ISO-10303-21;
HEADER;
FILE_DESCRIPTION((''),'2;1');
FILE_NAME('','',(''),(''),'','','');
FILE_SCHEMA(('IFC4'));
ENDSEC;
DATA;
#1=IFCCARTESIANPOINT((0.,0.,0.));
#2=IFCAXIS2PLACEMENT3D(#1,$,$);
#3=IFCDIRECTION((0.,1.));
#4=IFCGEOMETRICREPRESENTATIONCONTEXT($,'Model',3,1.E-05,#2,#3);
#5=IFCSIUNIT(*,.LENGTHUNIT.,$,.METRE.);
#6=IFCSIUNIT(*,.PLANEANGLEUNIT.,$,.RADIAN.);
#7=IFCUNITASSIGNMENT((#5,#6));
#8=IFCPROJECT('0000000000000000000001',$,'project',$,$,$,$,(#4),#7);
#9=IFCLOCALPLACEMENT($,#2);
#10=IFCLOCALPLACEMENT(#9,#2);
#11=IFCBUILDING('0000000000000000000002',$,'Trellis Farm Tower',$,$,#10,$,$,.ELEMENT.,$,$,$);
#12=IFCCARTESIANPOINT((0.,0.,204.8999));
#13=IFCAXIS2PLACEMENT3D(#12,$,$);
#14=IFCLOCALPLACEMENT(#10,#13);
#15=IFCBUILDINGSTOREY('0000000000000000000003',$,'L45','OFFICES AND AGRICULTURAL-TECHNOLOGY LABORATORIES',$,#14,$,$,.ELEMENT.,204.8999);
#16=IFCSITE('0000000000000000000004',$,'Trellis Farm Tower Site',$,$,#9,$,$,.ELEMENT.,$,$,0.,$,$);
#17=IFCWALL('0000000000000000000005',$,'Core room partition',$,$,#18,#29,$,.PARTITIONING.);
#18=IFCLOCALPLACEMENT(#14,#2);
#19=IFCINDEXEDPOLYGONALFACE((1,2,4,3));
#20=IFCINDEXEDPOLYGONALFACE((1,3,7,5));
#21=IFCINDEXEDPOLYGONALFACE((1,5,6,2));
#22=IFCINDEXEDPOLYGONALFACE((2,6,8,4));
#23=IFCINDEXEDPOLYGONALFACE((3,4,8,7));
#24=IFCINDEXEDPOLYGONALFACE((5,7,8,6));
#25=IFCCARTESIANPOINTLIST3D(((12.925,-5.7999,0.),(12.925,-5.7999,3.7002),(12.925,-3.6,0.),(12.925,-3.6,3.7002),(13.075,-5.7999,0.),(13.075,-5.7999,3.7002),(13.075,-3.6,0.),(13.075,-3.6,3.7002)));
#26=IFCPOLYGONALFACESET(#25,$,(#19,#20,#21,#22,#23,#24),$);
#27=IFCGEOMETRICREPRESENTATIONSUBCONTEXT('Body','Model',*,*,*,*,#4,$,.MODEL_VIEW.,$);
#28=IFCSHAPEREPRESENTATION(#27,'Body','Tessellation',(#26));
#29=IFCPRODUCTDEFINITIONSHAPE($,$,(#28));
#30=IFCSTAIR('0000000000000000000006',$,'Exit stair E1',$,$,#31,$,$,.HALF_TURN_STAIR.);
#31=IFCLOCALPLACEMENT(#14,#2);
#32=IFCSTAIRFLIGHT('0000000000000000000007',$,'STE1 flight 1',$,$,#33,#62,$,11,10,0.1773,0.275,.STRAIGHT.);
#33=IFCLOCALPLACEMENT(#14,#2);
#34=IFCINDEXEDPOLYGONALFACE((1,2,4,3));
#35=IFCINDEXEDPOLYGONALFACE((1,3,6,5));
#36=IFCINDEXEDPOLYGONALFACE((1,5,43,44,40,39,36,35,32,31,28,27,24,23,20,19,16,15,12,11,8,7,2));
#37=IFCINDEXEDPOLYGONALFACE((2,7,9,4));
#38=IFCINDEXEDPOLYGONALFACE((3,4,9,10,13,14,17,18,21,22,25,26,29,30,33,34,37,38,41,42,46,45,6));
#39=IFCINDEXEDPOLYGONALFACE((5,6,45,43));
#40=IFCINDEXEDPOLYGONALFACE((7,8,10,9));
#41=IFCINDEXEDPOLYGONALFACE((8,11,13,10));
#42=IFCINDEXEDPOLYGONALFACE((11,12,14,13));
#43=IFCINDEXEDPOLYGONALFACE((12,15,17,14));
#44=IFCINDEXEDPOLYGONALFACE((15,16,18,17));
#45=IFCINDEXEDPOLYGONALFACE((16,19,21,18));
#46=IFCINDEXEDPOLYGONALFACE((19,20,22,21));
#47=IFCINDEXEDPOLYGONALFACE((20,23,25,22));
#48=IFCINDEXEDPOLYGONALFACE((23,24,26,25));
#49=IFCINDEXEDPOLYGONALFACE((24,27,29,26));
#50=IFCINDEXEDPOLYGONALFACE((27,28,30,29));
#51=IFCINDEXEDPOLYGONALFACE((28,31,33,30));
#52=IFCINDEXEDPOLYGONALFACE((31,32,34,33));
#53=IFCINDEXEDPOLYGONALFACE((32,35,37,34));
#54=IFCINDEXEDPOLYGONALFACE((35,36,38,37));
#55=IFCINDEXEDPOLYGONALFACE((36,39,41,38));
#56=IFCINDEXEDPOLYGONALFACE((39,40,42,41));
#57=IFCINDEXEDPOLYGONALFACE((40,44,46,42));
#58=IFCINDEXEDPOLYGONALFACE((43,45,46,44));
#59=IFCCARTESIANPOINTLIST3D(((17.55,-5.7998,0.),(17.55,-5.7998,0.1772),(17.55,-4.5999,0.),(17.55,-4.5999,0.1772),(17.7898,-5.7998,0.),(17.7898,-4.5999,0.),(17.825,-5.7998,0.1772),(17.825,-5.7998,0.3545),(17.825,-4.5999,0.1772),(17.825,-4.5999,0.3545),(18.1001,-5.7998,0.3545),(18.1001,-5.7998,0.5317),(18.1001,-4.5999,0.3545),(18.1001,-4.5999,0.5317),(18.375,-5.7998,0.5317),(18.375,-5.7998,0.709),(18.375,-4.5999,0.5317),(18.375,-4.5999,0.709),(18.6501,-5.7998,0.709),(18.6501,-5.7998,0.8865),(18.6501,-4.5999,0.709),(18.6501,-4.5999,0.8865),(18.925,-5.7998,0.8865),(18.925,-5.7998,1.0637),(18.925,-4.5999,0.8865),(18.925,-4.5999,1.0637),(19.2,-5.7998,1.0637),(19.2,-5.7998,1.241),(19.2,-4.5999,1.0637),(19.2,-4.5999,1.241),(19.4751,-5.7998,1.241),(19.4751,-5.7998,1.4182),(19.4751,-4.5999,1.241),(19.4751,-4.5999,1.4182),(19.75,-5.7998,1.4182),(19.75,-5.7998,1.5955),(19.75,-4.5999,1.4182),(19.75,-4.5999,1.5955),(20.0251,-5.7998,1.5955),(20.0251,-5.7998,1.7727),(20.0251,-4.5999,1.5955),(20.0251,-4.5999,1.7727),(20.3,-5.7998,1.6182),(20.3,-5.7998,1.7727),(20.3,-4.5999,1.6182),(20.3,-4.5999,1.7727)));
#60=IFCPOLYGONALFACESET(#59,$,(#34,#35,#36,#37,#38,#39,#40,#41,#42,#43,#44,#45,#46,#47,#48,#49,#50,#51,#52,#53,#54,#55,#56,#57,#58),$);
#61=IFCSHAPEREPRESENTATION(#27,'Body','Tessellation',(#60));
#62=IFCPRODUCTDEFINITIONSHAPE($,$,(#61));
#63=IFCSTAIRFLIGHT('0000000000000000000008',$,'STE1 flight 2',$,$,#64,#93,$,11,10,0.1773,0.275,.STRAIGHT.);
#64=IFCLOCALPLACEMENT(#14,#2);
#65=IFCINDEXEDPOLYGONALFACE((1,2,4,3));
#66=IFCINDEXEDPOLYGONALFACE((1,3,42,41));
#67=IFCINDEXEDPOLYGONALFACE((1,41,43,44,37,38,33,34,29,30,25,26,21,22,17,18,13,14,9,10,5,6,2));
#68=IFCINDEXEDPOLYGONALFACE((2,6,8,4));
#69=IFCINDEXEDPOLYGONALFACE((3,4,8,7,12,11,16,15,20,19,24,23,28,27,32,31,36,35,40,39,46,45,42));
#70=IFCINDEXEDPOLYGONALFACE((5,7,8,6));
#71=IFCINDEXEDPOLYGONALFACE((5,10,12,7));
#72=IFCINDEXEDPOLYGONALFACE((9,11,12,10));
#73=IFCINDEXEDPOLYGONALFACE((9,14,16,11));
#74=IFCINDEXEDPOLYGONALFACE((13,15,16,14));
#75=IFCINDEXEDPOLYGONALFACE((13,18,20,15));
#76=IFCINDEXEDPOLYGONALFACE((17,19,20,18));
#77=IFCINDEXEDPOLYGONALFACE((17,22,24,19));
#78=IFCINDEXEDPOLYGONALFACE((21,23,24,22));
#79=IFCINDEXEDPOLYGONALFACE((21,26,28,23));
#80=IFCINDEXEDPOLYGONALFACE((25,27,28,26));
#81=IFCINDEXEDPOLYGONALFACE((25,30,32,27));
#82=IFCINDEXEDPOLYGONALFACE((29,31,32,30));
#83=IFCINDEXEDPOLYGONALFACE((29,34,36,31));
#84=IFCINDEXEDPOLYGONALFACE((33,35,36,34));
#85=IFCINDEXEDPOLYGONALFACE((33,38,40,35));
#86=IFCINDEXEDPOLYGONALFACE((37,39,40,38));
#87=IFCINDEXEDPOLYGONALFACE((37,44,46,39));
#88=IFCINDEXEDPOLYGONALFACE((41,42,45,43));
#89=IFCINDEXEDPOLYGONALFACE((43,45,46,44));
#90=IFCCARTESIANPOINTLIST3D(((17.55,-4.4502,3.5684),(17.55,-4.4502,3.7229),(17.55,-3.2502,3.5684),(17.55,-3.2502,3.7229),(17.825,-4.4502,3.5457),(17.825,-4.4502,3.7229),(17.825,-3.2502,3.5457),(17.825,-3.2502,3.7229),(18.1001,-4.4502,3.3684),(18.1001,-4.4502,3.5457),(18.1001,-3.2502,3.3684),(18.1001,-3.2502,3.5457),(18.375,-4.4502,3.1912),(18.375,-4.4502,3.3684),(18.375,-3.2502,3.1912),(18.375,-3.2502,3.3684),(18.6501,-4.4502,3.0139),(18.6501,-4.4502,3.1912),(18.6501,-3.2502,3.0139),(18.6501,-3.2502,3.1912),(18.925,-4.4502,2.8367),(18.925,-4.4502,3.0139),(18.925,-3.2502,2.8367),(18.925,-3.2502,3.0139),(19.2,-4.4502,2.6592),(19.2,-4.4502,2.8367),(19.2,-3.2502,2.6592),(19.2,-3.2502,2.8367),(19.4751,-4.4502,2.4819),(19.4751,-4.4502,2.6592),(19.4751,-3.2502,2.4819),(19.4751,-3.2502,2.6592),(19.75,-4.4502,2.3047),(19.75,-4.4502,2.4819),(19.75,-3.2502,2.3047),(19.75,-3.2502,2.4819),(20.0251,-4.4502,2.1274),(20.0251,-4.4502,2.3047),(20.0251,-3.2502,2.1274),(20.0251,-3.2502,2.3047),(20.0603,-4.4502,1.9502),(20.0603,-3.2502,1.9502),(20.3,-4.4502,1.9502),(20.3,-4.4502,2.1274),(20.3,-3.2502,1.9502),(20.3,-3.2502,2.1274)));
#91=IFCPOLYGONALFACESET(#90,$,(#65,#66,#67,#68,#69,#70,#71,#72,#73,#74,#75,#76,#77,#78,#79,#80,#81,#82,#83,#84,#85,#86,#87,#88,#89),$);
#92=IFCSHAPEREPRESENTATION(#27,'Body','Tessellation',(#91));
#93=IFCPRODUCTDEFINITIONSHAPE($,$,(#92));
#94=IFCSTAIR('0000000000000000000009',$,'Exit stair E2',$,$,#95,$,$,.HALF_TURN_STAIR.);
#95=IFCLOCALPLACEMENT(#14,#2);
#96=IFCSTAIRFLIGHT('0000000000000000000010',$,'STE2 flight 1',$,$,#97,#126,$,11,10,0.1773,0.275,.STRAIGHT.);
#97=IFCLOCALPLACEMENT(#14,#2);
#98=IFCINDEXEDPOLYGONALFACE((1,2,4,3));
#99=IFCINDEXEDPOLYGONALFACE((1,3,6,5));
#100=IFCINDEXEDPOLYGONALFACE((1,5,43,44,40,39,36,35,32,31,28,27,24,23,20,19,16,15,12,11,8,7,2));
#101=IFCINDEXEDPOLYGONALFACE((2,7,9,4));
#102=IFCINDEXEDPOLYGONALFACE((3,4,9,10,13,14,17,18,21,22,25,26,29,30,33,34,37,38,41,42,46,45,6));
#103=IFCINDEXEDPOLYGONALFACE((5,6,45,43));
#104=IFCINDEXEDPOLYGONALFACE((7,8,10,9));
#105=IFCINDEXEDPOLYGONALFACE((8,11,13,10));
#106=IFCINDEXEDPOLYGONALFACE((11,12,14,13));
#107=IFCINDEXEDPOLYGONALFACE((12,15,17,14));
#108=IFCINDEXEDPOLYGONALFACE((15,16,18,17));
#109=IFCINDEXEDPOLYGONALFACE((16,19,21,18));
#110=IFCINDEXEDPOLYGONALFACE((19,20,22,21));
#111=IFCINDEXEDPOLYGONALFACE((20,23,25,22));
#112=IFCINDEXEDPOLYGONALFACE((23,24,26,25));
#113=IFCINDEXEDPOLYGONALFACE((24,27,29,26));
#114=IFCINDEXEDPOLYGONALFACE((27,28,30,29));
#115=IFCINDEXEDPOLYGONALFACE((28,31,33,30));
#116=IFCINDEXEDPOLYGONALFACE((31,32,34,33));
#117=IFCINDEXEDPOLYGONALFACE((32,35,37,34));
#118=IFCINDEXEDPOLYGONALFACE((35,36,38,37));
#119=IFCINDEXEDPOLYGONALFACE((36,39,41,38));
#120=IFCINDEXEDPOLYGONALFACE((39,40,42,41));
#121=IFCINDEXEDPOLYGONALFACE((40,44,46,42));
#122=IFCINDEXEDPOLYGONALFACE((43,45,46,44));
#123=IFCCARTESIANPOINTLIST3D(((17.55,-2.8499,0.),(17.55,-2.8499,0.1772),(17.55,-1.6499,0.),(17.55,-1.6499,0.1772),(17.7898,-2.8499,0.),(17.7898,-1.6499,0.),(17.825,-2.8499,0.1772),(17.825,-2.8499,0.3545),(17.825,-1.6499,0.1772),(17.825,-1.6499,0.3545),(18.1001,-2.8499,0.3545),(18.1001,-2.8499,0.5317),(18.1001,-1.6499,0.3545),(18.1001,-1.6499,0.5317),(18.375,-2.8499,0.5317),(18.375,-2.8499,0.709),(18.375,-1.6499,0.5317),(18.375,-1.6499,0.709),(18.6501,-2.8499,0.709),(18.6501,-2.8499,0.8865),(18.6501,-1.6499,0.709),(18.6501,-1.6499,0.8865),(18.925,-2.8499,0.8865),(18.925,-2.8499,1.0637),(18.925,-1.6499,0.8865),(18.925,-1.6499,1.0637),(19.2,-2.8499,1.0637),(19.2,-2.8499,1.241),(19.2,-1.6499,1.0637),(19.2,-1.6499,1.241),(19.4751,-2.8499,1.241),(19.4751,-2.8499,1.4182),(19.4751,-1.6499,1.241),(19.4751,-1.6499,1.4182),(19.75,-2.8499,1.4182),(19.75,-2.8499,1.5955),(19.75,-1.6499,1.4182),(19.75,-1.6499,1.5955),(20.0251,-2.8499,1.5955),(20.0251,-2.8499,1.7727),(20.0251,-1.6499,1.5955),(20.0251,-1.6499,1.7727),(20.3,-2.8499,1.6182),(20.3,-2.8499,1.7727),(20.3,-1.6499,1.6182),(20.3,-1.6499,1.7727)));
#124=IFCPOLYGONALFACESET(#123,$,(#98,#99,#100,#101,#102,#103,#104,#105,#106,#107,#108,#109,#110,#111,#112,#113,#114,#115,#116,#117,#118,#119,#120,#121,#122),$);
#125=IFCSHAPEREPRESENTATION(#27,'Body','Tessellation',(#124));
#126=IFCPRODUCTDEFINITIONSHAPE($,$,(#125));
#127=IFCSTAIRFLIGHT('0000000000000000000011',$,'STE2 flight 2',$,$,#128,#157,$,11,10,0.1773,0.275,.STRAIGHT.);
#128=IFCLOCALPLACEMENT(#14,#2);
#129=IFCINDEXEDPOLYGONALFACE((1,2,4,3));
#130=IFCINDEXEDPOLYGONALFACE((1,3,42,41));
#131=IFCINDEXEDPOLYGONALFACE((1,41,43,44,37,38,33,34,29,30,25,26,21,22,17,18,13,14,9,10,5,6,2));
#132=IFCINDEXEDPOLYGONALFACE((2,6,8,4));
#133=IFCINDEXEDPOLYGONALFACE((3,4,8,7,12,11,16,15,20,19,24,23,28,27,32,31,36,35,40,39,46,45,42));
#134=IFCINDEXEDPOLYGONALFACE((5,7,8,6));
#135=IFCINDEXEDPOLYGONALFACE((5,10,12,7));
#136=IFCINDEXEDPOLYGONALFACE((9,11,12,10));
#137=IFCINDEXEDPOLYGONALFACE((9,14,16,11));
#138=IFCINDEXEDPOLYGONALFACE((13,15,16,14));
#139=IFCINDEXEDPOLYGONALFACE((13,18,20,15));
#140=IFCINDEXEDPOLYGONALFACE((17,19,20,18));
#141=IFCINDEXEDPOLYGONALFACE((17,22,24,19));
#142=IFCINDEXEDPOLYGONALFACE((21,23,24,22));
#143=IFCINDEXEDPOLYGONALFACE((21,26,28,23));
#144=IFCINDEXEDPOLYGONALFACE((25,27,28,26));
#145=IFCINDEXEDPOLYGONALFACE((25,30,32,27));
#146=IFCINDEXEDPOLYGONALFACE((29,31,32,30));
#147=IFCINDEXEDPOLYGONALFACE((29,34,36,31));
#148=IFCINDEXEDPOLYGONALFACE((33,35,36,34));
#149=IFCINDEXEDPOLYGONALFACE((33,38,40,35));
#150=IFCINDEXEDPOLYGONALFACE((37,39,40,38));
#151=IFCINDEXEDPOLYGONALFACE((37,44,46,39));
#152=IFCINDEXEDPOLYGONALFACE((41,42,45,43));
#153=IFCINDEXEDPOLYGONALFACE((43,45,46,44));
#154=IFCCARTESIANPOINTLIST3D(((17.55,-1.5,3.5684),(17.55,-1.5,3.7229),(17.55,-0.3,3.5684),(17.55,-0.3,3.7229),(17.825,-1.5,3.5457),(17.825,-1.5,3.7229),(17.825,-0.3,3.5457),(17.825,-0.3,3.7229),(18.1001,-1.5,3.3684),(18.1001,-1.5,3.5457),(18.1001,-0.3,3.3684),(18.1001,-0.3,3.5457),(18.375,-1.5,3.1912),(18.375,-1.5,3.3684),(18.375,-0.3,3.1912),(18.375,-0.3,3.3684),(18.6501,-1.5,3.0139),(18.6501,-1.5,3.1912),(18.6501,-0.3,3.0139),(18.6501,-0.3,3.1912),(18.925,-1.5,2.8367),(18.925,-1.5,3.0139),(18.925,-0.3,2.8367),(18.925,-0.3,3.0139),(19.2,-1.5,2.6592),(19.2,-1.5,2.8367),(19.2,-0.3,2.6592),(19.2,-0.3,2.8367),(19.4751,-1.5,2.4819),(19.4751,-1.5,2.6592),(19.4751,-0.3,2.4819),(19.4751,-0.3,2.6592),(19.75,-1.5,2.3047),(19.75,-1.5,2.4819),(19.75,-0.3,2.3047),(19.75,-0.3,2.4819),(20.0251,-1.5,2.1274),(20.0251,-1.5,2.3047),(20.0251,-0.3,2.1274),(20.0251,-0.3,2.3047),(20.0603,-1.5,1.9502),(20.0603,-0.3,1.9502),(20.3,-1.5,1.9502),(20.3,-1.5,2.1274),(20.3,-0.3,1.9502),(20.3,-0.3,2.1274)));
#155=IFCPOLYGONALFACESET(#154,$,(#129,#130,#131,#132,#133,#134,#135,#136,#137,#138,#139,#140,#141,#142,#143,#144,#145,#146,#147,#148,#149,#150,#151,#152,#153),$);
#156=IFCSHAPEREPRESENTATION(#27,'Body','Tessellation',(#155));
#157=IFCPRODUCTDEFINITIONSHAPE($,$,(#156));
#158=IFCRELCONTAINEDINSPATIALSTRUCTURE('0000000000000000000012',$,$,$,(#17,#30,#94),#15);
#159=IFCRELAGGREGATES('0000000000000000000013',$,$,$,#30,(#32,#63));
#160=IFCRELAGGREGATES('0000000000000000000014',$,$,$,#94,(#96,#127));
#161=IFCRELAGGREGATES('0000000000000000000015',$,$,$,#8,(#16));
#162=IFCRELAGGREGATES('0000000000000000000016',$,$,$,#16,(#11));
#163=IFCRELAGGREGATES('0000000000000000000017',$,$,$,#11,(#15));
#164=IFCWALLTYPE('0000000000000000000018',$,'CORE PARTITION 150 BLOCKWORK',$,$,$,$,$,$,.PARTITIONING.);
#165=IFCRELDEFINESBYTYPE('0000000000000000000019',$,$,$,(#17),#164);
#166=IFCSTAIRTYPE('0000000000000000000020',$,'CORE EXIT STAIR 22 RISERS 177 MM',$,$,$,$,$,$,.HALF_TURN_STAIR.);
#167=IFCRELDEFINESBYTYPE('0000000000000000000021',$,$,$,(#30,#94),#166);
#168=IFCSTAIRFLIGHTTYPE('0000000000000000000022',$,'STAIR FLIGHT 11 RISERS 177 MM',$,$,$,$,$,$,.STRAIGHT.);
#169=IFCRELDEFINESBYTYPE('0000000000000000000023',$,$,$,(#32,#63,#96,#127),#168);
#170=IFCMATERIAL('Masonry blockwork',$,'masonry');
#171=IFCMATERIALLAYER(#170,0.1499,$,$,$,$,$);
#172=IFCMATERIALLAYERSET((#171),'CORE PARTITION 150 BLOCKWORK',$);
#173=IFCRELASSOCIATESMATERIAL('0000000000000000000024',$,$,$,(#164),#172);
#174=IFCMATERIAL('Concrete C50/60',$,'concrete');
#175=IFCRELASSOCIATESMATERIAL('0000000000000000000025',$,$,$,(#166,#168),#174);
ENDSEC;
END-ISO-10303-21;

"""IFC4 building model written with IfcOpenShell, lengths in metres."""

from ifc_helpers import new_model, si_unit, direction, frame, frame_2d, origin, place, context, subcontext, project, spatial, polyline, rectangle, outline, extrude, source, transform, mapped, material, layer, layer_set, type_object, element, aggregate, save


model = new_model("IFC4")

# Units and contexts
model_context = context("Model", 3, precision=1e-05, world=origin(), true_north=direction((0.0, 1.0)))
body_context = subcontext(model_context, "Body", "Model", "MODEL_VIEW")
ifc_project = project(units=[si_unit("LENGTHUNIT", "METRE"), si_unit("PLANEANGLEUNIT", "RADIAN")], contexts=[model_context])

# Site, building, storey
site_placement = place(None, origin())
site = spatial("IfcSite", under=ifc_project, at=site_placement, Name="Trellis Farm Tower Site", CompositionType="ELEMENT", RefElevation=0.0)
building_placement = place(site_placement, origin())
building = spatial("IfcBuilding", under=site, at=building_placement, Name="Trellis Farm Tower", CompositionType="ELEMENT")
storey_placement = place(building_placement, frame((0.0, 0.0, 204.8999)))
storey = spatial("IfcBuildingStorey", under=building, at=storey_placement, Name="L45", Description="OFFICES AND AGRICULTURAL-TECHNOLOGY LABORATORIES", CompositionType="ELEMENT", Elevation=204.8999)

# Shared definitions
placement = place(storey_placement, origin())

# Wall
ifc_material_1 = material(Name="Masonry blockwork", Category="masonry")
ifc_layer_1 = layer(ifc_material_1, 0.1499)
ifc_layer_set_1 = layer_set([ifc_layer_1], Name="CORE PARTITION 150 BLOCKWORK")
wall_type_1 = type_object("IfcWallType", Name="CORE PARTITION 150 BLOCKWORK", PredefinedType="PARTITIONING", material=ifc_layer_set_1)
shared_shape_1 = source(origin(), body_context, "Body", "SweptSolid", [
    extrude(rectangle(XDim=2.2, YDim=0.1499, at=frame_2d((1.1001, 0.0))), origin(), (0.0, 0.0, 1.0), 3.7002),
])
for number, where, z_axis, x_axis, name in (
    (1, (13.0, -5.8, 0.0), (0.0, 0.0, 1.0), (0.0, 1.0, 0.0), "Core room partition"),
):
    element("IfcWall", number, at=place(storey_placement, frame(where, z_axis=z_axis, x_axis=x_axis)), inside=storey, type_object=wall_type_1, Name=name, PredefinedType="PARTITIONING", context=body_context, shape_type="MappedRepresentation", body=[
        mapped(shared_shape_1, transform((0.0, 0.0, 0.0))),
    ])

# Stairs, stair flights
ifc_material_2 = material(Name="Concrete C50/60", Category="concrete")
stair_type = type_object("IfcStairType", Name="CORE EXIT STAIR 22 RISERS 177 MM", PredefinedType="HALF_TURN_STAIR", material=ifc_material_2)
stair_1 = element("IfcStair", 2, at=placement, inside=storey, type_object=stair_type, Name="Exit stair E1", PredefinedType="HALF_TURN_STAIR")
stair_flight_type = type_object("IfcStairFlightType", Name="STAIR FLIGHT 11 RISERS 177 MM", PredefinedType="STRAIGHT", material=ifc_material_2)
shared_shape_2 = source(origin(), body_context, "Body", "SweptSolid", [
    extrude(outline(polyline([(0.0, 0.0), (0.0, 0.1772), (0.2749, 0.1772), (0.2749, 0.3545), (0.55, 0.3545), (0.55, 0.5317), (0.825, 0.5317), (0.825, 0.709), (1.1001, 0.709), (1.1001, 0.8865), (1.375, 0.8865), (1.375, 1.0637), (1.6499, 1.0637), (1.6499, 1.241), (1.925, 1.241), (1.925, 1.4182), (2.2, 1.4182), (2.2, 1.5955), (2.4751, 1.5955), (2.4751, 1.7727), (2.75, 1.7727), (2.75, 1.95), (2.75, 1.6182), (0.2397, 0.0), (0.0, 0.0)])), frame((0.0, 0.6001, 0.0), z_axis=(0.0, -1.0, 0.0), x_axis=(1.0, 0.0, 0.0)), (0.0, 0.0, 1.0), 1.2),
])
stair_flight_1_placement = place(storey_placement, frame((17.55, -5.2, 0.0), z_axis=(0.0, 0.0, 1.0), x_axis=(1.0, 0.0, 0.0)))
stair_flight_1 = element("IfcStairFlight", 3, at=stair_flight_1_placement, type_object=stair_flight_type, Name="STE1 flight 1", NumberOfRisers=11, NumberOfTreads=10, PredefinedType="STRAIGHT", RiserHeight=0.1773, TreadLength=0.275, context=body_context, shape_type="MappedRepresentation", body=[
    mapped(shared_shape_2, transform((0.0, 0.0, 0.0))),
])
stair_flight_2_placement = place(storey_placement, frame((20.3, -3.8501, 1.9502), z_axis=(0.0, 0.0, 1.0), x_axis=(-1.0, 0.0, 0.0)))
stair_flight_2 = element("IfcStairFlight", 4, at=stair_flight_2_placement, type_object=stair_flight_type, Name="STE1 flight 2", NumberOfRisers=11, NumberOfTreads=10, PredefinedType="STRAIGHT", RiserHeight=0.1773, TreadLength=0.275, context=body_context, shape_type="MappedRepresentation", body=[
    mapped(shared_shape_2, transform((0.0, 0.0, 0.0))),
])
aggregate(stair_1, [stair_flight_1, stair_flight_2])
stair_2 = element("IfcStair", 5, at=placement, inside=storey, type_object=stair_type, Name="Exit stair E2", PredefinedType="HALF_TURN_STAIR")
stair_flight_3_placement = place(storey_placement, frame((17.55, -2.25, 0.0), z_axis=(0.0, 0.0, 1.0), x_axis=(1.0, 0.0, 0.0)))
stair_flight_3 = element("IfcStairFlight", 6, at=stair_flight_3_placement, type_object=stair_flight_type, Name="STE2 flight 1", NumberOfRisers=11, NumberOfTreads=10, PredefinedType="STRAIGHT", RiserHeight=0.1773, TreadLength=0.275, context=body_context, shape_type="MappedRepresentation", body=[
    mapped(shared_shape_2, transform((0.0, 0.0, 0.0))),
])
stair_flight_4_placement = place(storey_placement, frame((20.3, -0.8999, 1.9502), z_axis=(0.0, 0.0, 1.0), x_axis=(-1.0, 0.0, 0.0)))
stair_flight_4 = element("IfcStairFlight", 7, at=stair_flight_4_placement, type_object=stair_flight_type, Name="STE2 flight 2", NumberOfRisers=11, NumberOfTreads=10, PredefinedType="STRAIGHT", RiserHeight=0.1773, TreadLength=0.275, context=body_context, shape_type="MappedRepresentation", body=[
    mapped(shared_shape_2, transform((0.0, 0.0, 0.0))),
])
aggregate(stair_2, [stair_flight_3, stair_flight_4])

save(model, "model.ifc")
